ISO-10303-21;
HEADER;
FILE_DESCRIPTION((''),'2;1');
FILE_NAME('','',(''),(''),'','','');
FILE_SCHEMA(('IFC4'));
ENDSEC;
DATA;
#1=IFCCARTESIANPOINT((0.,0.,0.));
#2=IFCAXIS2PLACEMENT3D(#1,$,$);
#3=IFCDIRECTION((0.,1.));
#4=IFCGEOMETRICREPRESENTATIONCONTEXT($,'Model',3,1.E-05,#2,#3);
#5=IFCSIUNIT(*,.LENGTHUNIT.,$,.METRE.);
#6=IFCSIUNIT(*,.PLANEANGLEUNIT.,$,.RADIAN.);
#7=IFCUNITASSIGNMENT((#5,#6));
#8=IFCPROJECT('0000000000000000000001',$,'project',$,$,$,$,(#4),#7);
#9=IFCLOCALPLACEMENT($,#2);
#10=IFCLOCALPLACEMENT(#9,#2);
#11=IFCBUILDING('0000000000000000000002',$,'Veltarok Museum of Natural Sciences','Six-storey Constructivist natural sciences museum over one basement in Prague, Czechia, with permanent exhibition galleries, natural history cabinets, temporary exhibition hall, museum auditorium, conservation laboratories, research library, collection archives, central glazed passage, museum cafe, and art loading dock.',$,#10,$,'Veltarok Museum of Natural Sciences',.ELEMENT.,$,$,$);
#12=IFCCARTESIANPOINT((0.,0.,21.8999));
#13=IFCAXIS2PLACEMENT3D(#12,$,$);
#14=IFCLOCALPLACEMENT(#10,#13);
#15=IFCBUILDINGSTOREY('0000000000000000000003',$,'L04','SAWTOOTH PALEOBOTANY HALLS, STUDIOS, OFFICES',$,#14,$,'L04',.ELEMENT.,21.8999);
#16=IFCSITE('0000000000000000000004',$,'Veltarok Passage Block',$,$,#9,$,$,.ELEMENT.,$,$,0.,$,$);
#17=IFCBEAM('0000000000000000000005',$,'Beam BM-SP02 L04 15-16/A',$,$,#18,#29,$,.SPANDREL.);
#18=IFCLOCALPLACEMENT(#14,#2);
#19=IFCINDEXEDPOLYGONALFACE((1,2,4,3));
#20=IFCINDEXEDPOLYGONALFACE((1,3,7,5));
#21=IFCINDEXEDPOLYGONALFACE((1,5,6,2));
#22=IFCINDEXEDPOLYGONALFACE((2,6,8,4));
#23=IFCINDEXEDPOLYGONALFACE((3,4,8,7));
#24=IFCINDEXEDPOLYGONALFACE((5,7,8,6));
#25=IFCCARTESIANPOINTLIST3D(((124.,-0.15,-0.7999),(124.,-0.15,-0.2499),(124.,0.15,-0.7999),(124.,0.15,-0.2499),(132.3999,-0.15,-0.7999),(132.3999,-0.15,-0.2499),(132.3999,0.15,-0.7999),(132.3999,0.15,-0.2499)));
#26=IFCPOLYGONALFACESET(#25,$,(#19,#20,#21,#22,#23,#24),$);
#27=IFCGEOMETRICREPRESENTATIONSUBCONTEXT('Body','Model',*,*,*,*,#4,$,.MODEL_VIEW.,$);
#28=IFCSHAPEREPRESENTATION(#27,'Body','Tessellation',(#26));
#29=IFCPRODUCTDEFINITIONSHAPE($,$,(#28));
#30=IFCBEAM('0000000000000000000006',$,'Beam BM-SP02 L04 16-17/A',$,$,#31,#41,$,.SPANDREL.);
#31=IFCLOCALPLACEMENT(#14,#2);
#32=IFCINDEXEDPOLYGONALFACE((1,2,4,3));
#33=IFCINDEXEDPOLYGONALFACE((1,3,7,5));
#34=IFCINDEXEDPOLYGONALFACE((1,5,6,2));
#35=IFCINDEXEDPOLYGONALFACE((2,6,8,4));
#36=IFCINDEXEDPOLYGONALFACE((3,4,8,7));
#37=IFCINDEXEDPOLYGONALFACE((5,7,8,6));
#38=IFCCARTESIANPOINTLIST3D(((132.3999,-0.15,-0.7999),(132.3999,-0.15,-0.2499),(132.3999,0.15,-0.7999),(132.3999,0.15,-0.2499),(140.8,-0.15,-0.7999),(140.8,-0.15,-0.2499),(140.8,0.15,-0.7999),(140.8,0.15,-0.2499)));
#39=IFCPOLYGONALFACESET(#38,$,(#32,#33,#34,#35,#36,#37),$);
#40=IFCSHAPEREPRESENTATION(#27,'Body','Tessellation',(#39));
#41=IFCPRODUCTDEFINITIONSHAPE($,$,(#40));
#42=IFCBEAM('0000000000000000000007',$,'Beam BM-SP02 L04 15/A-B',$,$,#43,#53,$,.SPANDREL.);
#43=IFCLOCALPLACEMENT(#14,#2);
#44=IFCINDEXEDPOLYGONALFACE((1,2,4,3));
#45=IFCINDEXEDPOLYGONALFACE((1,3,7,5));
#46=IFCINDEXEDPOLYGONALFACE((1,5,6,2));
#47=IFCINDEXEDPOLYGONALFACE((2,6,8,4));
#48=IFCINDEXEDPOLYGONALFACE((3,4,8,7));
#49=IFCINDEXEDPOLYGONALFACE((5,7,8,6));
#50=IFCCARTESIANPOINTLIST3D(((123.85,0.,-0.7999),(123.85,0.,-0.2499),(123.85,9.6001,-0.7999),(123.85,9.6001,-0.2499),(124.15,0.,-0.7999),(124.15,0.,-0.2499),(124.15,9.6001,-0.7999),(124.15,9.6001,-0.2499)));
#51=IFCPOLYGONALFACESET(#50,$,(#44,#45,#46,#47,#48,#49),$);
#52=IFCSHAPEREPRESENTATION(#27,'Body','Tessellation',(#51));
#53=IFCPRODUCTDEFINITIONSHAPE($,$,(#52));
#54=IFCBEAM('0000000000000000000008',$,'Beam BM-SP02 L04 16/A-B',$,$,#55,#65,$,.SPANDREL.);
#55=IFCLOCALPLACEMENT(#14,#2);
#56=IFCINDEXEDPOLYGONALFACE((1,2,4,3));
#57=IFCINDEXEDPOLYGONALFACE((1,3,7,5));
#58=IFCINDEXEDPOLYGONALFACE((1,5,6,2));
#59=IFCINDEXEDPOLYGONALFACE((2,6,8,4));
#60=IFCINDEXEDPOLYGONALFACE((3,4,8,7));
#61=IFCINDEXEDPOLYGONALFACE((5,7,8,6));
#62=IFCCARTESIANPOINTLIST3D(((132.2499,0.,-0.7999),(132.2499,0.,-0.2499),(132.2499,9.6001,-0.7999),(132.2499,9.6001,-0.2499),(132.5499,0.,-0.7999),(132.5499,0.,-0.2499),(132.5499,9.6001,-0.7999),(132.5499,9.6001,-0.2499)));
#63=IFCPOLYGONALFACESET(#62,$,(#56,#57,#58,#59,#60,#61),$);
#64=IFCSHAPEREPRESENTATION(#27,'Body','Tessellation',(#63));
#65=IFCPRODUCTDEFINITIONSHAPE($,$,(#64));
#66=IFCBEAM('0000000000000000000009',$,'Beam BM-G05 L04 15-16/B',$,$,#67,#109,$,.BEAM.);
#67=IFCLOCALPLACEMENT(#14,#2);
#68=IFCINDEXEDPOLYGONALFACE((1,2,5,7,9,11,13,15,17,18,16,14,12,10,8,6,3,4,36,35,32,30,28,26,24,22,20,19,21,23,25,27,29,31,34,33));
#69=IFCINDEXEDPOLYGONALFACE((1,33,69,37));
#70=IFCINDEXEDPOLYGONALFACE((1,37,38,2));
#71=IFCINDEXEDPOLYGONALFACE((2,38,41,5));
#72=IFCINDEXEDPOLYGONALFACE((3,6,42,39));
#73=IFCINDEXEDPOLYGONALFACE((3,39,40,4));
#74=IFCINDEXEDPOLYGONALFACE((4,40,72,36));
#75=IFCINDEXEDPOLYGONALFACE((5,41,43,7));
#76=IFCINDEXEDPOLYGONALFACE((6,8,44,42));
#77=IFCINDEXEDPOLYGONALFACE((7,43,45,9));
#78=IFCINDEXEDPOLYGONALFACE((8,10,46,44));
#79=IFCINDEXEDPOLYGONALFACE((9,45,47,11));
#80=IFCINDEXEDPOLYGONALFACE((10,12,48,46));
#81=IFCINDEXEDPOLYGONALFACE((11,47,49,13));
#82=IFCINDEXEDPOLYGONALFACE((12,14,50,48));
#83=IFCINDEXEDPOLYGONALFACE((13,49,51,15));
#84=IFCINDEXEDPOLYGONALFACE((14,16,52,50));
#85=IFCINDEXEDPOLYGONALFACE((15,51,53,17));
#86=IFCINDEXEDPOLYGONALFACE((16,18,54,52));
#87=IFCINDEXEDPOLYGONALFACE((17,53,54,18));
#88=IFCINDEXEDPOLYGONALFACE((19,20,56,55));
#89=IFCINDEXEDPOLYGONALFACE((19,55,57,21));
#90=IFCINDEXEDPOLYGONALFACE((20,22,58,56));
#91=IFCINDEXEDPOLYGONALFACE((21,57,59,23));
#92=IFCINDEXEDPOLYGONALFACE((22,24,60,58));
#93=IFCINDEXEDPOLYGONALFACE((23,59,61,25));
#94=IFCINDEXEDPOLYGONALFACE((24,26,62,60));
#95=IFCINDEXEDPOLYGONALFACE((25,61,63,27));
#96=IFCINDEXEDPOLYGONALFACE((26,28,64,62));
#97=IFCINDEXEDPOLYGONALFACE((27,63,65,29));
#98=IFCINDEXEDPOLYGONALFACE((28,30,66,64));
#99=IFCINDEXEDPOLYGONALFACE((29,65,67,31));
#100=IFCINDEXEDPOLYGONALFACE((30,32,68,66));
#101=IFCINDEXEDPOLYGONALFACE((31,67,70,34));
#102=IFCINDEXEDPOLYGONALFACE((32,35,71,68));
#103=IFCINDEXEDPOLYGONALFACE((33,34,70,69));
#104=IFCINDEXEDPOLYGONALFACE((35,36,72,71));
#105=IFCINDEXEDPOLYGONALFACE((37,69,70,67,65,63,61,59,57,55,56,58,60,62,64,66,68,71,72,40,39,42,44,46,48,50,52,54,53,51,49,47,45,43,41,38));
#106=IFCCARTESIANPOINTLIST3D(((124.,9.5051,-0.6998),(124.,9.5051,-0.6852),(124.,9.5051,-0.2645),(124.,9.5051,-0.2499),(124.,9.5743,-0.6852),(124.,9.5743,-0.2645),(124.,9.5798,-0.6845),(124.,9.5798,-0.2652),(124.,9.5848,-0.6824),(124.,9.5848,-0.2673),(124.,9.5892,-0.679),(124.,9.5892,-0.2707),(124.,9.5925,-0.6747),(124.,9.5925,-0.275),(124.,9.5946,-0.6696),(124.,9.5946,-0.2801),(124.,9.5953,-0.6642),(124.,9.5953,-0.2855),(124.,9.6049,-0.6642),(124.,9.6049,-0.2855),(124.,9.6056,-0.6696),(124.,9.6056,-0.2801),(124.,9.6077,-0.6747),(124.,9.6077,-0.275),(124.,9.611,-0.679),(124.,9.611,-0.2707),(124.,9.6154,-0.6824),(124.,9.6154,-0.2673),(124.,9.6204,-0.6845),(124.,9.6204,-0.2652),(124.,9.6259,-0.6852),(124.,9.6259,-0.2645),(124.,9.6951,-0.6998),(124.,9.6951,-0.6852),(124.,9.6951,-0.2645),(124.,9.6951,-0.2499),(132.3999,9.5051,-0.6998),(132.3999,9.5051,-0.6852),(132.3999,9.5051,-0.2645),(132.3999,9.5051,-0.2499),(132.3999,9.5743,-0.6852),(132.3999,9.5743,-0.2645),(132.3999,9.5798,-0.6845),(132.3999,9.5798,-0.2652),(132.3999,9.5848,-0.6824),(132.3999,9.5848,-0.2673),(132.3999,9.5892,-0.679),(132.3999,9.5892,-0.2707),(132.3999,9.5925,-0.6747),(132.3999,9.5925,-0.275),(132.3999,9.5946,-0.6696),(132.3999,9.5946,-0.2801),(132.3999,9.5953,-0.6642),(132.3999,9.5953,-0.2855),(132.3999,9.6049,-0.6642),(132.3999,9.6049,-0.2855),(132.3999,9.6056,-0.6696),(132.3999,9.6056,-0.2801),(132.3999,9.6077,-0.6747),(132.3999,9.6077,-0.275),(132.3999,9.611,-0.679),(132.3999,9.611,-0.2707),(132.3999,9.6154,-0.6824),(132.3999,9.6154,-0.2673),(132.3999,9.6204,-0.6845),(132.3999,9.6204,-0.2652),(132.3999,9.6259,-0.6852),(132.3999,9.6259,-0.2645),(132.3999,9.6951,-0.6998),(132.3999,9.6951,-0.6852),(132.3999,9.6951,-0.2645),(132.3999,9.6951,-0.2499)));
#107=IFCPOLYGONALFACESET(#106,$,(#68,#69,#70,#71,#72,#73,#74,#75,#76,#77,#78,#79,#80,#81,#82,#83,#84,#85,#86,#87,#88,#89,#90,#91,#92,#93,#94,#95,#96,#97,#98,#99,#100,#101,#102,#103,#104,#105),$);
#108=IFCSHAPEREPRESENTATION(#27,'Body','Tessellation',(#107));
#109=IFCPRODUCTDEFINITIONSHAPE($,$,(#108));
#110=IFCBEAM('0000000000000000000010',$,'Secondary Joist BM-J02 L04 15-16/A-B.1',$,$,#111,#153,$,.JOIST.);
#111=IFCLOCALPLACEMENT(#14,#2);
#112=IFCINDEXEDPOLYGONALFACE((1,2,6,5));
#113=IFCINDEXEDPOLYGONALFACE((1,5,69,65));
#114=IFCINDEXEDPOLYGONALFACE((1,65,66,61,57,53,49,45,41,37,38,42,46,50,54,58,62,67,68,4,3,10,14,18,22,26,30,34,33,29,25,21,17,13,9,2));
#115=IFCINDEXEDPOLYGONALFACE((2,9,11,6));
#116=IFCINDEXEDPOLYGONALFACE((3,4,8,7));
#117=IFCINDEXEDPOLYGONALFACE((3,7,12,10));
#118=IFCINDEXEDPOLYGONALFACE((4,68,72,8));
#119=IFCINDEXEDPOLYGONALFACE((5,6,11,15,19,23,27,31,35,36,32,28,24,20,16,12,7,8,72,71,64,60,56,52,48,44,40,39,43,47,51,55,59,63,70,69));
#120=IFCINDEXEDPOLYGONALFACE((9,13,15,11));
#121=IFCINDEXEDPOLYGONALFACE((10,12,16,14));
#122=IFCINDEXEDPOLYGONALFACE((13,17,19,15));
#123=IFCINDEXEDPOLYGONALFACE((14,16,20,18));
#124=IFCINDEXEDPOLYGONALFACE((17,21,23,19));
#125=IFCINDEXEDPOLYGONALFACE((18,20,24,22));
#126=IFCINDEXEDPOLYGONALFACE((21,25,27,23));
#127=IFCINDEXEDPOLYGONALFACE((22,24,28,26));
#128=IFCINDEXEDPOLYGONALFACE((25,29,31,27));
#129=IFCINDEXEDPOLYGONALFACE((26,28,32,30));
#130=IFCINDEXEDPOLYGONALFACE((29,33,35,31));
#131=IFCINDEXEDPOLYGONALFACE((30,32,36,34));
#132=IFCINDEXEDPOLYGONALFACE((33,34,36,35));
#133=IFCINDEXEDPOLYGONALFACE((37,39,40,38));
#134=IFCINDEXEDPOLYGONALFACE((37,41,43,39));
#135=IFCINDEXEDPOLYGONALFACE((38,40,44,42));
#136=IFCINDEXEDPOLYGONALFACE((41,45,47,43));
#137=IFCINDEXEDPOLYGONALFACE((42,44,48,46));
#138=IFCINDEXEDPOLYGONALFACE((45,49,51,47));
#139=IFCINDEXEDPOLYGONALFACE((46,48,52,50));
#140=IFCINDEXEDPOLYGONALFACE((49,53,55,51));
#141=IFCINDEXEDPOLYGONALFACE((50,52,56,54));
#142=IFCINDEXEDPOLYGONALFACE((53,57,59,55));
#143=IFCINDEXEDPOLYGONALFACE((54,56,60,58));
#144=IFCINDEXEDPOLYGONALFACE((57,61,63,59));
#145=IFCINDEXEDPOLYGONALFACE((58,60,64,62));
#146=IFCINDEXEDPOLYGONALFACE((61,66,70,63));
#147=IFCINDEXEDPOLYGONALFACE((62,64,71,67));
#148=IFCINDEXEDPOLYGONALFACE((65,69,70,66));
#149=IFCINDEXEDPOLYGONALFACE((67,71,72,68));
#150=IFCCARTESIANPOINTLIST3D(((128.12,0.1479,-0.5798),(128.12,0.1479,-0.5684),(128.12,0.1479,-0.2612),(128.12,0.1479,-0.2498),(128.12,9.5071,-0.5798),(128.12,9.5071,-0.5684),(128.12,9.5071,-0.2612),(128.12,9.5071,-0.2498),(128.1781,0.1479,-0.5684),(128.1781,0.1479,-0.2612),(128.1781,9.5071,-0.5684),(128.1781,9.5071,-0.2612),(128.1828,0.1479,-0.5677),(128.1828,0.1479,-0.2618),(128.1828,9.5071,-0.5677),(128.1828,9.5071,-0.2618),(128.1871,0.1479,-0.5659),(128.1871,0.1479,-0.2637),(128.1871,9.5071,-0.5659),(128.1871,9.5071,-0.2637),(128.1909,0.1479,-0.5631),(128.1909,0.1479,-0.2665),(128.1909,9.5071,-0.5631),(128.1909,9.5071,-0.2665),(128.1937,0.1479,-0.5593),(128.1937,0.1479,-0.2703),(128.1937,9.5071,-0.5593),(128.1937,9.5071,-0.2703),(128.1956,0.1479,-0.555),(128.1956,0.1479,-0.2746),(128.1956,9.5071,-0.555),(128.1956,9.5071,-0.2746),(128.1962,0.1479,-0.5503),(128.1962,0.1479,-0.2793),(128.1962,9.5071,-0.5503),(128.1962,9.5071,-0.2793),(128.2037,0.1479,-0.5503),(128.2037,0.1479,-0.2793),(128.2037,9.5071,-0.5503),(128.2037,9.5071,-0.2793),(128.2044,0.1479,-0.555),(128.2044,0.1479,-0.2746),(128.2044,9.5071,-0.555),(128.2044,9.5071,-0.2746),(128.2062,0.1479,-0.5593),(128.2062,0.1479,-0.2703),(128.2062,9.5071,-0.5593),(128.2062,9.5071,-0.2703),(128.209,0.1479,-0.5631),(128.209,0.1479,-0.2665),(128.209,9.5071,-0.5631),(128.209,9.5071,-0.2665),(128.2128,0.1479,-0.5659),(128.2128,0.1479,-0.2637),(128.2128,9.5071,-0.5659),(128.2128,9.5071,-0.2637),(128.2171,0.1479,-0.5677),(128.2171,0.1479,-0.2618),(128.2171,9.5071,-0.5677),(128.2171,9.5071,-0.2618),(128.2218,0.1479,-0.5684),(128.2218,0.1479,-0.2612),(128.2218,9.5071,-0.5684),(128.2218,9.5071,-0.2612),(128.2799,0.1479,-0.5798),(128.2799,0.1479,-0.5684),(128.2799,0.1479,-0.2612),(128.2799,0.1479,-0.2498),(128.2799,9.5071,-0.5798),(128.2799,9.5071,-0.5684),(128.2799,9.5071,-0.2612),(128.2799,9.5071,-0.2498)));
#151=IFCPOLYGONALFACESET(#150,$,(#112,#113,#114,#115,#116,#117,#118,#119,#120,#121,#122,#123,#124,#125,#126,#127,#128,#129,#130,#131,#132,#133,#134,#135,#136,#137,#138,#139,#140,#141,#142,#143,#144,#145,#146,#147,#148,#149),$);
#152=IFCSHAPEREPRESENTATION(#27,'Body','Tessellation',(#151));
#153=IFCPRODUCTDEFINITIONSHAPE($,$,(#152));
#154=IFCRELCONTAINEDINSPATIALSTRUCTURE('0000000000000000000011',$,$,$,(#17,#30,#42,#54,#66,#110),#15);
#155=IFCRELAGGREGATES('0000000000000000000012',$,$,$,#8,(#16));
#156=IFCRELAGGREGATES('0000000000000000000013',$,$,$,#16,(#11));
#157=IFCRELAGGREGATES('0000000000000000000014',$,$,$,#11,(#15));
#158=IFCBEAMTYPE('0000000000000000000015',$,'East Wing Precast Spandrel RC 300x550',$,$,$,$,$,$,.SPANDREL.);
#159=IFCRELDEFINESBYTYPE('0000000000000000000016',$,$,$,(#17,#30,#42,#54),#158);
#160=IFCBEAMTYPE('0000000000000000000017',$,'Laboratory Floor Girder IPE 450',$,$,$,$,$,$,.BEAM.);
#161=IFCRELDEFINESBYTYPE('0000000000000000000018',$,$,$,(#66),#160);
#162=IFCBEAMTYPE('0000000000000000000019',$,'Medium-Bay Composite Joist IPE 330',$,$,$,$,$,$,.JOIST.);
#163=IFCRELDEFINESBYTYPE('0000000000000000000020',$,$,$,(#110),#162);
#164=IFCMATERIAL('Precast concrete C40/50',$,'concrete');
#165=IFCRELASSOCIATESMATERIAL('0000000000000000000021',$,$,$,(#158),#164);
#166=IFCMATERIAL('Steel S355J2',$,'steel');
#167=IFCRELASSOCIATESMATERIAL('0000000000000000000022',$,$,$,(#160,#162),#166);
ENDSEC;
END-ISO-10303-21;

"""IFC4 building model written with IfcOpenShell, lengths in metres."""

from ifc_helpers import new_model, si_unit, direction, frame, origin, origin_2d, place, context, subcontext, project, spatial, rectangle, i_section, extrude, material, material_profile, profile_set, type_object, element, save


model = new_model("IFC4")

# Units and contexts
model_context = context("Model", 3, precision=1e-05, world=origin(), true_north=direction((0.0, 1.0)))
body_context = subcontext(model_context, "Body", "Model", "MODEL_VIEW")
ifc_project = project(units=[si_unit("LENGTHUNIT", "METRE"), si_unit("PLANEANGLEUNIT", "RADIAN")], contexts=[model_context])

# Site, building, storey
site_placement = place(None, origin())
site = spatial("IfcSite", under=ifc_project, at=site_placement, Name="Veltarok Passage Block", CompositionType="ELEMENT", RefElevation=0.0)
building_placement = place(site_placement, origin())
building = spatial("IfcBuilding", under=site, at=building_placement, Name="Veltarok Museum of Natural Sciences", Description="Six-storey Constructivist natural sciences museum over one basement in Prague, Czechia, with permanent exhibition galleries, natural history cabinets, temporary exhibition hall, museum auditorium, conservation laboratories, research library, collection archives, central glazed passage, museum cafe, and art loading dock.", LongName="Veltarok Museum of Natural Sciences", CompositionType="ELEMENT")
storey_placement = place(building_placement, frame((0.0, 0.0, 21.8999)))
storey = spatial("IfcBuildingStorey", under=building, at=storey_placement, Name="L04", Description="SAWTOOTH PALEOBOTANY HALLS, STUDIOS, OFFICES", LongName="L04", CompositionType="ELEMENT", Elevation=21.8999)

# Shared definitions
ifc_material_1 = material(Name="Steel S355J2", Category="steel")

# Beams
ifc_material_2 = material(Name="Precast concrete C40/50", Category="concrete")
ifc_material_profile_1 = material_profile(ifc_material_2, rectangle(XDim=0.3, YDim=0.55, at=origin_2d()), Name="RC 300x550")
ifc_profile_set_1 = profile_set([ifc_material_profile_1], Name="Precast concrete C40/50")
beam_type_1 = type_object("IfcBeamType", Name="East Wing Precast Spandrel RC 300x550", PredefinedType="SPANDREL", material=ifc_profile_set_1)
beam_1_placement = place(storey_placement, frame((124.0, 0.0, -0.5249), z_axis=(1.0, 0.0, 0.0), x_axis=(0.0, 1.0, 0.0)))
element("IfcBeam", 1, at=beam_1_placement, inside=storey, type_object=beam_type_1, Name="Beam BM-SP02 L04 15-16/A", PredefinedType="SPANDREL", context=body_context, shape_type="SweptSolid", body=[
    extrude(rectangle(XDim=0.3, YDim=0.55, at=origin_2d()), origin(), (0.0, 0.0, 1.0), 8.3999),
])
beam_2_placement = place(storey_placement, frame((132.3999, 0.0, -0.5249), z_axis=(1.0, 0.0, 0.0), x_axis=(0.0, 1.0, 0.0)))
element("IfcBeam", 2, at=beam_2_placement, inside=storey, type_object=beam_type_1, Name="Beam BM-SP02 L04 16-17/A", PredefinedType="SPANDREL", context=body_context, shape_type="SweptSolid", body=[
    extrude(rectangle(XDim=0.3, YDim=0.55, at=origin_2d()), origin(), (0.0, 0.0, 1.0), 8.4001),
])
for number, where, z_axis, x_axis, name in (
    (3, (124.0, 0.0, -0.5249), (0.0, 1.0, 0.0), (-1.0, 0.0, 0.0), "Beam BM-SP02 L04 15/A-B"),
    (4, (132.3999, 0.0, -0.5249), (0.0, 1.0, 0.0), (-1.0, 0.0, 0.0), "Beam BM-SP02 L04 16/A-B"),
):
    element("IfcBeam", number, at=place(storey_placement, frame(where, z_axis=z_axis, x_axis=x_axis)), inside=storey, type_object=beam_type_1, Name=name, PredefinedType="SPANDREL", context=body_context, shape_type="SweptSolid", body=[
        extrude(rectangle(XDim=0.3, YDim=0.55, at=origin_2d()), origin(), (0.0, 0.0, 1.0), 9.6001),
    ])
ifc_material_profile_2 = material_profile(ifc_material_1, i_section(OverallWidth=0.1899, OverallDepth=0.45, WebThickness=0.0095, FlangeThickness=0.0146, FilletRadius=0.021, at=origin_2d()), Name="IPE 450")
ifc_profile_set_2 = profile_set([ifc_material_profile_2], Name="Steel S355J2")
beam_type_2 = type_object("IfcBeamType", Name="Laboratory Floor Girder IPE 450", PredefinedType="BEAM", material=ifc_profile_set_2)
beam_3_placement = place(storey_placement, frame((124.0, 9.6001, -0.4749), z_axis=(1.0, 0.0, 0.0), x_axis=(0.0, 1.0, 0.0)))
element("IfcBeam", 5, at=beam_3_placement, inside=storey, type_object=beam_type_2, Name="Beam BM-G05 L04 15-16/B", PredefinedType="BEAM", context=body_context, shape_type="SweptSolid", body=[
    extrude(i_section(OverallWidth=0.1899, OverallDepth=0.45, WebThickness=0.0095, FlangeThickness=0.0146, FilletRadius=0.021, at=origin_2d()), origin(), (0.0, 0.0, 1.0), 8.3999),
])
ifc_material_profile_3 = material_profile(ifc_material_1, i_section(OverallWidth=0.1599, OverallDepth=0.3301, WebThickness=0.0076, FlangeThickness=0.0115, FilletRadius=0.0181, at=origin_2d()), Name="IPE 330")
ifc_profile_set_3 = profile_set([ifc_material_profile_3], Name="Steel S355J2")
beam_type_3 = type_object("IfcBeamType", Name="Medium-Bay Composite Joist IPE 330", PredefinedType="JOIST", material=ifc_profile_set_3)
beam_4_placement = place(storey_placement, frame((128.2, 0.1479, -0.4148), z_axis=(0.0, 1.0, 0.0), x_axis=(-1.0, 0.0, 0.0)))
element("IfcBeam", 6, at=beam_4_placement, inside=storey, type_object=beam_type_3, Name="Secondary Joist BM-J02 L04 15-16/A-B.1", PredefinedType="JOIST", context=body_context, shape_type="SweptSolid", body=[
    extrude(i_section(OverallWidth=0.1599, OverallDepth=0.3301, WebThickness=0.0076, FlangeThickness=0.0115, FilletRadius=0.0181, at=origin_2d()), origin(), (0.0, 0.0, 1.0), 9.3591),
])

save(model, "model.ifc")
